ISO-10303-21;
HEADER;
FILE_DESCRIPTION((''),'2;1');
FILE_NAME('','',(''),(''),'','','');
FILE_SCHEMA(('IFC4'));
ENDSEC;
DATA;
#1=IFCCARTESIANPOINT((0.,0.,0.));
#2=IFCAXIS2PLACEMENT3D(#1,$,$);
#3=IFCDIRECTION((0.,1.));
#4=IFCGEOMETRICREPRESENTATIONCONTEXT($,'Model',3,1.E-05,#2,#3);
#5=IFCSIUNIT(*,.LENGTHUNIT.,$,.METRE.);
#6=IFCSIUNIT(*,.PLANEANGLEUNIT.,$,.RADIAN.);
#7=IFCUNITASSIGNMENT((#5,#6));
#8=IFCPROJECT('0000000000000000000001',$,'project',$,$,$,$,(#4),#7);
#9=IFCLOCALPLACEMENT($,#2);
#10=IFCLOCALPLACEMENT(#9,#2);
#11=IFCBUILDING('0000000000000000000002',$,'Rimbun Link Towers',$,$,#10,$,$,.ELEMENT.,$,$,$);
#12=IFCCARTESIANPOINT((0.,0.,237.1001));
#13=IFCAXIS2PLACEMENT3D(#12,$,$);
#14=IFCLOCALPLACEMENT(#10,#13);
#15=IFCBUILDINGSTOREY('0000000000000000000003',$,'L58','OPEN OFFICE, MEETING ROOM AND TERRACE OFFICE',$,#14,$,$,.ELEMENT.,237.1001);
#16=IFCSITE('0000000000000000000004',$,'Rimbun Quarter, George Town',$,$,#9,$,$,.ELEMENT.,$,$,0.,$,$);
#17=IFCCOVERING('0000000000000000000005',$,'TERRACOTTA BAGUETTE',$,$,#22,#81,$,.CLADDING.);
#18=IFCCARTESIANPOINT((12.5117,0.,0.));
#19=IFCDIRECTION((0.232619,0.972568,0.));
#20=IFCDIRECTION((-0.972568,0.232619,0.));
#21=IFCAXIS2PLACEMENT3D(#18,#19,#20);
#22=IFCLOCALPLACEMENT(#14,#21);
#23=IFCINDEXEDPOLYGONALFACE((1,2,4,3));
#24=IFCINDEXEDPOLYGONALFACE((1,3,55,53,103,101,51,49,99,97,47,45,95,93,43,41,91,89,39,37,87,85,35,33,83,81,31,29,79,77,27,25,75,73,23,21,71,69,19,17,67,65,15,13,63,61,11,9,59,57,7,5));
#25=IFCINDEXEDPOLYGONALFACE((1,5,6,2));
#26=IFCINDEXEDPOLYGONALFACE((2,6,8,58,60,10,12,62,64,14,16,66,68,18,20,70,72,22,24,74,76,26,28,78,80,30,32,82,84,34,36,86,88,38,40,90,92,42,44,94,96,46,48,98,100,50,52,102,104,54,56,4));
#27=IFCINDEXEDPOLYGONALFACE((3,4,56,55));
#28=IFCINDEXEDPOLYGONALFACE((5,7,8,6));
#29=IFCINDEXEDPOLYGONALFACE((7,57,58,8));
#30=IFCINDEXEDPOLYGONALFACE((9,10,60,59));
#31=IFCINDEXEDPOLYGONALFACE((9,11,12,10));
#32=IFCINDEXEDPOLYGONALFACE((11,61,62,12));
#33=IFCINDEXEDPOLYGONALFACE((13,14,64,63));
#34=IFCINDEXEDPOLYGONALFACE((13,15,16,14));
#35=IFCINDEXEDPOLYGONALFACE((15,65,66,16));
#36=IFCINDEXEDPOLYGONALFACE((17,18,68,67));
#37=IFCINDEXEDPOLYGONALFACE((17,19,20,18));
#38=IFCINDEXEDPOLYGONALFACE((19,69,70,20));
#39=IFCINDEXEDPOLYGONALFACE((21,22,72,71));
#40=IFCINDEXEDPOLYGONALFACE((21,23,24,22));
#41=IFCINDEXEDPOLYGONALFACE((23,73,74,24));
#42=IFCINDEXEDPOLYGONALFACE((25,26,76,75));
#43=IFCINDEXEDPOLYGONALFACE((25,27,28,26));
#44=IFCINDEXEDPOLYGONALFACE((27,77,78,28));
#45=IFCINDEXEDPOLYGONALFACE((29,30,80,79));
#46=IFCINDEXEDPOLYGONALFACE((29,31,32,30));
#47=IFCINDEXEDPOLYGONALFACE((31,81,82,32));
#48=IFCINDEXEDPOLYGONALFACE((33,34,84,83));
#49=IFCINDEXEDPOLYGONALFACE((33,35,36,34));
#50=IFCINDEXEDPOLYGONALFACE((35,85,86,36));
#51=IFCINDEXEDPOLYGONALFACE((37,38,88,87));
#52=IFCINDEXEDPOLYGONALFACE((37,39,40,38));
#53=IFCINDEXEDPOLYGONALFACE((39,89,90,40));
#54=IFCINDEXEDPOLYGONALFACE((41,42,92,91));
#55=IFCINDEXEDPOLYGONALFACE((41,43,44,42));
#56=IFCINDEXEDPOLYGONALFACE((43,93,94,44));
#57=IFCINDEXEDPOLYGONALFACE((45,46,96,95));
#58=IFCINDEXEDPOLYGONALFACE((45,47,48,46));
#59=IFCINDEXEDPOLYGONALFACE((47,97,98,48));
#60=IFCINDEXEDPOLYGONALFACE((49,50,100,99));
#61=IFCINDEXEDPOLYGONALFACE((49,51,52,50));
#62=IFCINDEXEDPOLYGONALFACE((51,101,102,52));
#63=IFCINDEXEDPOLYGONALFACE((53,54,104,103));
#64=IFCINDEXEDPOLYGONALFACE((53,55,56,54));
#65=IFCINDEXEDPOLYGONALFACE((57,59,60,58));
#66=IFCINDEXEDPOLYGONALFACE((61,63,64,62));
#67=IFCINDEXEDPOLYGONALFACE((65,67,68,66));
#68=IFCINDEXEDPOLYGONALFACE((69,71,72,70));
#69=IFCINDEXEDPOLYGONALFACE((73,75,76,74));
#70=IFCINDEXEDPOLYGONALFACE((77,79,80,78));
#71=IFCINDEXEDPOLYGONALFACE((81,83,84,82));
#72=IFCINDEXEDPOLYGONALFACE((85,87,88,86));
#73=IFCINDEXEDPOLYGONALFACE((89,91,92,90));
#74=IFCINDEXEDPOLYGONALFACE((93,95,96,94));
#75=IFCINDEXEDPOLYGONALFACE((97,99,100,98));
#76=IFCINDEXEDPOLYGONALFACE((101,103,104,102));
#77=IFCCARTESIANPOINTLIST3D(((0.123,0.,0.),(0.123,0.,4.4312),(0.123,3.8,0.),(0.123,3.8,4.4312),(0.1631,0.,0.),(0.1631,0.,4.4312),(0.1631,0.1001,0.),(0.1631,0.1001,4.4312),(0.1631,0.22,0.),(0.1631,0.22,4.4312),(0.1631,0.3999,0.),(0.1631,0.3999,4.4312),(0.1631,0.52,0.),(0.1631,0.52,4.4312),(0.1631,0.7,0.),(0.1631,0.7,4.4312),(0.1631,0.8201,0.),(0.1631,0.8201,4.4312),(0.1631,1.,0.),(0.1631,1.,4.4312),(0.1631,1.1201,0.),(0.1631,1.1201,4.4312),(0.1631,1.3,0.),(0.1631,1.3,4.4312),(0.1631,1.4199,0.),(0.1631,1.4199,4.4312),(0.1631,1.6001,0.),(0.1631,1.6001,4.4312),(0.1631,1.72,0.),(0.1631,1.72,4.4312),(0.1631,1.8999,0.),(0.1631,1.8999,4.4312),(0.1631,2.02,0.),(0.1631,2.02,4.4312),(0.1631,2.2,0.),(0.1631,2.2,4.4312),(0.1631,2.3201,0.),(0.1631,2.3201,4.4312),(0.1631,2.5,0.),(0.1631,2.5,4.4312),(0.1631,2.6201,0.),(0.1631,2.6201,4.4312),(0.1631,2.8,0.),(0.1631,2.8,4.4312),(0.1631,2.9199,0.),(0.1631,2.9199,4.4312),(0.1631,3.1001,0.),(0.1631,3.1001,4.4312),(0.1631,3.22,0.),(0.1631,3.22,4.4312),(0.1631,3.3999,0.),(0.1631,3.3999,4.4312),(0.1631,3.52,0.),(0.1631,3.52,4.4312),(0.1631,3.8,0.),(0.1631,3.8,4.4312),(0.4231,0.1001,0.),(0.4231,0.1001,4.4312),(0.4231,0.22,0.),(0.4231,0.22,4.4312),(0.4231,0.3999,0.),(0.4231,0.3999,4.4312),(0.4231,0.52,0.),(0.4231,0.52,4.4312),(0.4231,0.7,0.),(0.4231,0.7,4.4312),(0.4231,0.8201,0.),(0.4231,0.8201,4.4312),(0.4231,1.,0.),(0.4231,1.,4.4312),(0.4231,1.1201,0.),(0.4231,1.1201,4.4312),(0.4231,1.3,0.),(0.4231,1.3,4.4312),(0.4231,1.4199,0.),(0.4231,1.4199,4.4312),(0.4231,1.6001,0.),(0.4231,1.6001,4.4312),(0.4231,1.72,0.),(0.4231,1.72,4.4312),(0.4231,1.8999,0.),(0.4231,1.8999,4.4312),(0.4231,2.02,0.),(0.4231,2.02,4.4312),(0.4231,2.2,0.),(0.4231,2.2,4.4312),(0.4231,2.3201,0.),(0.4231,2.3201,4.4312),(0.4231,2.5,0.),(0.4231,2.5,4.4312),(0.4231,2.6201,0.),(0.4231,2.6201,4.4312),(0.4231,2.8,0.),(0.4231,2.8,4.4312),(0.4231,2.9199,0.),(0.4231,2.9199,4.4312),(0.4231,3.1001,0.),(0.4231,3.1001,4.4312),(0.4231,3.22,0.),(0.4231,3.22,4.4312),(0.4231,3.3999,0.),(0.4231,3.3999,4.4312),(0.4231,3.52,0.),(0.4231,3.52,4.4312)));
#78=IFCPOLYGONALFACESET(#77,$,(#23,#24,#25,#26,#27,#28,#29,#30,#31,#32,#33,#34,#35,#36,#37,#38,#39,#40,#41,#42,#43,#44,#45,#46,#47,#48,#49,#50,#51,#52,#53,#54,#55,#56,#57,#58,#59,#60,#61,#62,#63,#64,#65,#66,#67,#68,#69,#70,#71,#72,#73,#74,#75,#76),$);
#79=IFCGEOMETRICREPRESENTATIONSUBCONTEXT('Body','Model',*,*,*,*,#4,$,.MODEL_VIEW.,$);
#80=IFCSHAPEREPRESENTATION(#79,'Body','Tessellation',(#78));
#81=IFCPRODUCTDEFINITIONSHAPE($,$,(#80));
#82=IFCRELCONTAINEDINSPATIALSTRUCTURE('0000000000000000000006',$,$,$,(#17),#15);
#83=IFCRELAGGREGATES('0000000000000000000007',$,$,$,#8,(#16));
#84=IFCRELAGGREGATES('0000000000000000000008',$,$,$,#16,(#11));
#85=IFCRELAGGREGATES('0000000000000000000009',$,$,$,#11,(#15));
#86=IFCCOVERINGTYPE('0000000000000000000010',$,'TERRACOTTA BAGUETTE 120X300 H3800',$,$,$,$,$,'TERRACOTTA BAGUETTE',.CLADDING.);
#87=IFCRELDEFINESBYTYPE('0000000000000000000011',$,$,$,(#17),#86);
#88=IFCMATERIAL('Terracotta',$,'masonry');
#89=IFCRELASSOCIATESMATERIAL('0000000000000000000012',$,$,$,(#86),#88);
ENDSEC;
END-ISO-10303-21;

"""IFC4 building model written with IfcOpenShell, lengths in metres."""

from ifc_helpers import new_model, si_unit, direction, frame, origin, place, context, subcontext, project, spatial, polyline, outline, extrude, material, material_profile, profile_set, type_object, element, save


model = new_model("IFC4")

# Units and contexts
model_context = context("Model", 3, precision=1e-05, world=origin(), true_north=direction((0.0, 1.0)))
body_context = subcontext(model_context, "Body", "Model", "MODEL_VIEW")
ifc_project = project(units=[si_unit("LENGTHUNIT", "METRE"), si_unit("PLANEANGLEUNIT", "RADIAN")], contexts=[model_context])

# Site, building, storey
site_placement = place(None, origin())
site = spatial("IfcSite", under=ifc_project, at=site_placement, Name="Rimbun Quarter, George Town", CompositionType="ELEMENT", RefElevation=0.0)
building_placement = place(site_placement, origin())
building = spatial("IfcBuilding", under=site, at=building_placement, Name="Rimbun Link Towers", CompositionType="ELEMENT")
storey_placement = place(building_placement, frame((0.0, 0.0, 237.1001)))
storey = spatial("IfcBuildingStorey", under=building, at=storey_placement, Name="L58", Description="OPEN OFFICE, MEETING ROOM AND TERRACE OFFICE", CompositionType="ELEMENT", Elevation=237.1001)

# Covering
ifc_material_1 = material(Name="Terracotta", Category="masonry")
ifc_material_profile_1 = material_profile(ifc_material_1, outline(polyline([(0.123, 0.0), (0.1631, 0.0), (0.1631, 0.1001), (0.4231, 0.1001), (0.4231, 0.22), (0.1631, 0.22), (0.1631, 0.3999), (0.4231, 0.3999), (0.4231, 0.52), (0.1631, 0.52), (0.1631, 0.7), (0.4231, 0.7), (0.4231, 0.8201), (0.1631, 0.8201), (0.1631, 1.0), (0.4231, 1.0), (0.4231, 1.1201), (0.1631, 1.1201), (0.1631, 1.3), (0.4231, 1.3), (0.4231, 1.4199), (0.1631, 1.4199), (0.1631, 1.6001), (0.4231, 1.6001), (0.4231, 1.72), (0.1631, 1.72), (0.1631, 1.8999), (0.4231, 1.8999), (0.4231, 2.02), (0.1631, 2.02), (0.1631, 2.2), (0.4231, 2.2), (0.4231, 2.3201), (0.1631, 2.3201), (0.1631, 2.5), (0.4231, 2.5), (0.4231, 2.6201), (0.1631, 2.6201), (0.1631, 2.8), (0.4231, 2.8), (0.4231, 2.9199), (0.1631, 2.9199), (0.1631, 3.1001), (0.4231, 3.1001), (0.4231, 3.22), (0.1631, 3.22), (0.1631, 3.3999), (0.4231, 3.3999), (0.4231, 3.52), (0.1631, 3.52), (0.1631, 3.8), (0.123, 3.8), (0.123, 0.0)])), Name="BAGUETTE 120X300")
ifc_profile_set_1 = profile_set([ifc_material_profile_1], Name="Terracotta")
covering_type = type_object("IfcCoveringType", Name="TERRACOTTA BAGUETTE 120X300 H3800", ElementType="TERRACOTTA BAGUETTE", PredefinedType="CLADDING", material=ifc_profile_set_1)
covering_1_placement = place(storey_placement, frame((12.5117, 0.0, 0.0), z_axis=(0.232619, 0.972568, 0.0), x_axis=(-0.972568, 0.232619, 0.0)))
element("IfcCovering", 1, at=covering_1_placement, inside=storey, type_object=covering_type, Name="TERRACOTTA BAGUETTE", PredefinedType="CLADDING", context=body_context, shape_type="SweptSolid", body=[
    extrude(outline(polyline([(0.123, 0.0), (0.1631, 0.0), (0.1631, 0.1001), (0.4231, 0.1001), (0.4231, 0.22), (0.1631, 0.22), (0.1631, 0.3999), (0.4231, 0.3999), (0.4231, 0.52), (0.1631, 0.52), (0.1631, 0.7), (0.4231, 0.7), (0.4231, 0.8201), (0.1631, 0.8201), (0.1631, 1.0), (0.4231, 1.0), (0.4231, 1.1201), (0.1631, 1.1201), (0.1631, 1.3), (0.4231, 1.3), (0.4231, 1.4199), (0.1631, 1.4199), (0.1631, 1.6001), (0.4231, 1.6001), (0.4231, 1.72), (0.1631, 1.72), (0.1631, 1.8999), (0.4231, 1.8999), (0.4231, 2.02), (0.1631, 2.02), (0.1631, 2.2), (0.4231, 2.2), (0.4231, 2.3201), (0.1631, 2.3201), (0.1631, 2.5), (0.4231, 2.5), (0.4231, 2.6201), (0.1631, 2.6201), (0.1631, 2.8), (0.4231, 2.8), (0.4231, 2.9199), (0.1631, 2.9199), (0.1631, 3.1001), (0.4231, 3.1001), (0.4231, 3.22), (0.1631, 3.22), (0.1631, 3.3999), (0.4231, 3.3999), (0.4231, 3.52), (0.1631, 3.52), (0.1631, 3.8), (0.123, 3.8), (0.123, 0.0)])), origin(), (0.0, 0.0, 1.0), 4.4312),
])

save(model, "model.ifc")
